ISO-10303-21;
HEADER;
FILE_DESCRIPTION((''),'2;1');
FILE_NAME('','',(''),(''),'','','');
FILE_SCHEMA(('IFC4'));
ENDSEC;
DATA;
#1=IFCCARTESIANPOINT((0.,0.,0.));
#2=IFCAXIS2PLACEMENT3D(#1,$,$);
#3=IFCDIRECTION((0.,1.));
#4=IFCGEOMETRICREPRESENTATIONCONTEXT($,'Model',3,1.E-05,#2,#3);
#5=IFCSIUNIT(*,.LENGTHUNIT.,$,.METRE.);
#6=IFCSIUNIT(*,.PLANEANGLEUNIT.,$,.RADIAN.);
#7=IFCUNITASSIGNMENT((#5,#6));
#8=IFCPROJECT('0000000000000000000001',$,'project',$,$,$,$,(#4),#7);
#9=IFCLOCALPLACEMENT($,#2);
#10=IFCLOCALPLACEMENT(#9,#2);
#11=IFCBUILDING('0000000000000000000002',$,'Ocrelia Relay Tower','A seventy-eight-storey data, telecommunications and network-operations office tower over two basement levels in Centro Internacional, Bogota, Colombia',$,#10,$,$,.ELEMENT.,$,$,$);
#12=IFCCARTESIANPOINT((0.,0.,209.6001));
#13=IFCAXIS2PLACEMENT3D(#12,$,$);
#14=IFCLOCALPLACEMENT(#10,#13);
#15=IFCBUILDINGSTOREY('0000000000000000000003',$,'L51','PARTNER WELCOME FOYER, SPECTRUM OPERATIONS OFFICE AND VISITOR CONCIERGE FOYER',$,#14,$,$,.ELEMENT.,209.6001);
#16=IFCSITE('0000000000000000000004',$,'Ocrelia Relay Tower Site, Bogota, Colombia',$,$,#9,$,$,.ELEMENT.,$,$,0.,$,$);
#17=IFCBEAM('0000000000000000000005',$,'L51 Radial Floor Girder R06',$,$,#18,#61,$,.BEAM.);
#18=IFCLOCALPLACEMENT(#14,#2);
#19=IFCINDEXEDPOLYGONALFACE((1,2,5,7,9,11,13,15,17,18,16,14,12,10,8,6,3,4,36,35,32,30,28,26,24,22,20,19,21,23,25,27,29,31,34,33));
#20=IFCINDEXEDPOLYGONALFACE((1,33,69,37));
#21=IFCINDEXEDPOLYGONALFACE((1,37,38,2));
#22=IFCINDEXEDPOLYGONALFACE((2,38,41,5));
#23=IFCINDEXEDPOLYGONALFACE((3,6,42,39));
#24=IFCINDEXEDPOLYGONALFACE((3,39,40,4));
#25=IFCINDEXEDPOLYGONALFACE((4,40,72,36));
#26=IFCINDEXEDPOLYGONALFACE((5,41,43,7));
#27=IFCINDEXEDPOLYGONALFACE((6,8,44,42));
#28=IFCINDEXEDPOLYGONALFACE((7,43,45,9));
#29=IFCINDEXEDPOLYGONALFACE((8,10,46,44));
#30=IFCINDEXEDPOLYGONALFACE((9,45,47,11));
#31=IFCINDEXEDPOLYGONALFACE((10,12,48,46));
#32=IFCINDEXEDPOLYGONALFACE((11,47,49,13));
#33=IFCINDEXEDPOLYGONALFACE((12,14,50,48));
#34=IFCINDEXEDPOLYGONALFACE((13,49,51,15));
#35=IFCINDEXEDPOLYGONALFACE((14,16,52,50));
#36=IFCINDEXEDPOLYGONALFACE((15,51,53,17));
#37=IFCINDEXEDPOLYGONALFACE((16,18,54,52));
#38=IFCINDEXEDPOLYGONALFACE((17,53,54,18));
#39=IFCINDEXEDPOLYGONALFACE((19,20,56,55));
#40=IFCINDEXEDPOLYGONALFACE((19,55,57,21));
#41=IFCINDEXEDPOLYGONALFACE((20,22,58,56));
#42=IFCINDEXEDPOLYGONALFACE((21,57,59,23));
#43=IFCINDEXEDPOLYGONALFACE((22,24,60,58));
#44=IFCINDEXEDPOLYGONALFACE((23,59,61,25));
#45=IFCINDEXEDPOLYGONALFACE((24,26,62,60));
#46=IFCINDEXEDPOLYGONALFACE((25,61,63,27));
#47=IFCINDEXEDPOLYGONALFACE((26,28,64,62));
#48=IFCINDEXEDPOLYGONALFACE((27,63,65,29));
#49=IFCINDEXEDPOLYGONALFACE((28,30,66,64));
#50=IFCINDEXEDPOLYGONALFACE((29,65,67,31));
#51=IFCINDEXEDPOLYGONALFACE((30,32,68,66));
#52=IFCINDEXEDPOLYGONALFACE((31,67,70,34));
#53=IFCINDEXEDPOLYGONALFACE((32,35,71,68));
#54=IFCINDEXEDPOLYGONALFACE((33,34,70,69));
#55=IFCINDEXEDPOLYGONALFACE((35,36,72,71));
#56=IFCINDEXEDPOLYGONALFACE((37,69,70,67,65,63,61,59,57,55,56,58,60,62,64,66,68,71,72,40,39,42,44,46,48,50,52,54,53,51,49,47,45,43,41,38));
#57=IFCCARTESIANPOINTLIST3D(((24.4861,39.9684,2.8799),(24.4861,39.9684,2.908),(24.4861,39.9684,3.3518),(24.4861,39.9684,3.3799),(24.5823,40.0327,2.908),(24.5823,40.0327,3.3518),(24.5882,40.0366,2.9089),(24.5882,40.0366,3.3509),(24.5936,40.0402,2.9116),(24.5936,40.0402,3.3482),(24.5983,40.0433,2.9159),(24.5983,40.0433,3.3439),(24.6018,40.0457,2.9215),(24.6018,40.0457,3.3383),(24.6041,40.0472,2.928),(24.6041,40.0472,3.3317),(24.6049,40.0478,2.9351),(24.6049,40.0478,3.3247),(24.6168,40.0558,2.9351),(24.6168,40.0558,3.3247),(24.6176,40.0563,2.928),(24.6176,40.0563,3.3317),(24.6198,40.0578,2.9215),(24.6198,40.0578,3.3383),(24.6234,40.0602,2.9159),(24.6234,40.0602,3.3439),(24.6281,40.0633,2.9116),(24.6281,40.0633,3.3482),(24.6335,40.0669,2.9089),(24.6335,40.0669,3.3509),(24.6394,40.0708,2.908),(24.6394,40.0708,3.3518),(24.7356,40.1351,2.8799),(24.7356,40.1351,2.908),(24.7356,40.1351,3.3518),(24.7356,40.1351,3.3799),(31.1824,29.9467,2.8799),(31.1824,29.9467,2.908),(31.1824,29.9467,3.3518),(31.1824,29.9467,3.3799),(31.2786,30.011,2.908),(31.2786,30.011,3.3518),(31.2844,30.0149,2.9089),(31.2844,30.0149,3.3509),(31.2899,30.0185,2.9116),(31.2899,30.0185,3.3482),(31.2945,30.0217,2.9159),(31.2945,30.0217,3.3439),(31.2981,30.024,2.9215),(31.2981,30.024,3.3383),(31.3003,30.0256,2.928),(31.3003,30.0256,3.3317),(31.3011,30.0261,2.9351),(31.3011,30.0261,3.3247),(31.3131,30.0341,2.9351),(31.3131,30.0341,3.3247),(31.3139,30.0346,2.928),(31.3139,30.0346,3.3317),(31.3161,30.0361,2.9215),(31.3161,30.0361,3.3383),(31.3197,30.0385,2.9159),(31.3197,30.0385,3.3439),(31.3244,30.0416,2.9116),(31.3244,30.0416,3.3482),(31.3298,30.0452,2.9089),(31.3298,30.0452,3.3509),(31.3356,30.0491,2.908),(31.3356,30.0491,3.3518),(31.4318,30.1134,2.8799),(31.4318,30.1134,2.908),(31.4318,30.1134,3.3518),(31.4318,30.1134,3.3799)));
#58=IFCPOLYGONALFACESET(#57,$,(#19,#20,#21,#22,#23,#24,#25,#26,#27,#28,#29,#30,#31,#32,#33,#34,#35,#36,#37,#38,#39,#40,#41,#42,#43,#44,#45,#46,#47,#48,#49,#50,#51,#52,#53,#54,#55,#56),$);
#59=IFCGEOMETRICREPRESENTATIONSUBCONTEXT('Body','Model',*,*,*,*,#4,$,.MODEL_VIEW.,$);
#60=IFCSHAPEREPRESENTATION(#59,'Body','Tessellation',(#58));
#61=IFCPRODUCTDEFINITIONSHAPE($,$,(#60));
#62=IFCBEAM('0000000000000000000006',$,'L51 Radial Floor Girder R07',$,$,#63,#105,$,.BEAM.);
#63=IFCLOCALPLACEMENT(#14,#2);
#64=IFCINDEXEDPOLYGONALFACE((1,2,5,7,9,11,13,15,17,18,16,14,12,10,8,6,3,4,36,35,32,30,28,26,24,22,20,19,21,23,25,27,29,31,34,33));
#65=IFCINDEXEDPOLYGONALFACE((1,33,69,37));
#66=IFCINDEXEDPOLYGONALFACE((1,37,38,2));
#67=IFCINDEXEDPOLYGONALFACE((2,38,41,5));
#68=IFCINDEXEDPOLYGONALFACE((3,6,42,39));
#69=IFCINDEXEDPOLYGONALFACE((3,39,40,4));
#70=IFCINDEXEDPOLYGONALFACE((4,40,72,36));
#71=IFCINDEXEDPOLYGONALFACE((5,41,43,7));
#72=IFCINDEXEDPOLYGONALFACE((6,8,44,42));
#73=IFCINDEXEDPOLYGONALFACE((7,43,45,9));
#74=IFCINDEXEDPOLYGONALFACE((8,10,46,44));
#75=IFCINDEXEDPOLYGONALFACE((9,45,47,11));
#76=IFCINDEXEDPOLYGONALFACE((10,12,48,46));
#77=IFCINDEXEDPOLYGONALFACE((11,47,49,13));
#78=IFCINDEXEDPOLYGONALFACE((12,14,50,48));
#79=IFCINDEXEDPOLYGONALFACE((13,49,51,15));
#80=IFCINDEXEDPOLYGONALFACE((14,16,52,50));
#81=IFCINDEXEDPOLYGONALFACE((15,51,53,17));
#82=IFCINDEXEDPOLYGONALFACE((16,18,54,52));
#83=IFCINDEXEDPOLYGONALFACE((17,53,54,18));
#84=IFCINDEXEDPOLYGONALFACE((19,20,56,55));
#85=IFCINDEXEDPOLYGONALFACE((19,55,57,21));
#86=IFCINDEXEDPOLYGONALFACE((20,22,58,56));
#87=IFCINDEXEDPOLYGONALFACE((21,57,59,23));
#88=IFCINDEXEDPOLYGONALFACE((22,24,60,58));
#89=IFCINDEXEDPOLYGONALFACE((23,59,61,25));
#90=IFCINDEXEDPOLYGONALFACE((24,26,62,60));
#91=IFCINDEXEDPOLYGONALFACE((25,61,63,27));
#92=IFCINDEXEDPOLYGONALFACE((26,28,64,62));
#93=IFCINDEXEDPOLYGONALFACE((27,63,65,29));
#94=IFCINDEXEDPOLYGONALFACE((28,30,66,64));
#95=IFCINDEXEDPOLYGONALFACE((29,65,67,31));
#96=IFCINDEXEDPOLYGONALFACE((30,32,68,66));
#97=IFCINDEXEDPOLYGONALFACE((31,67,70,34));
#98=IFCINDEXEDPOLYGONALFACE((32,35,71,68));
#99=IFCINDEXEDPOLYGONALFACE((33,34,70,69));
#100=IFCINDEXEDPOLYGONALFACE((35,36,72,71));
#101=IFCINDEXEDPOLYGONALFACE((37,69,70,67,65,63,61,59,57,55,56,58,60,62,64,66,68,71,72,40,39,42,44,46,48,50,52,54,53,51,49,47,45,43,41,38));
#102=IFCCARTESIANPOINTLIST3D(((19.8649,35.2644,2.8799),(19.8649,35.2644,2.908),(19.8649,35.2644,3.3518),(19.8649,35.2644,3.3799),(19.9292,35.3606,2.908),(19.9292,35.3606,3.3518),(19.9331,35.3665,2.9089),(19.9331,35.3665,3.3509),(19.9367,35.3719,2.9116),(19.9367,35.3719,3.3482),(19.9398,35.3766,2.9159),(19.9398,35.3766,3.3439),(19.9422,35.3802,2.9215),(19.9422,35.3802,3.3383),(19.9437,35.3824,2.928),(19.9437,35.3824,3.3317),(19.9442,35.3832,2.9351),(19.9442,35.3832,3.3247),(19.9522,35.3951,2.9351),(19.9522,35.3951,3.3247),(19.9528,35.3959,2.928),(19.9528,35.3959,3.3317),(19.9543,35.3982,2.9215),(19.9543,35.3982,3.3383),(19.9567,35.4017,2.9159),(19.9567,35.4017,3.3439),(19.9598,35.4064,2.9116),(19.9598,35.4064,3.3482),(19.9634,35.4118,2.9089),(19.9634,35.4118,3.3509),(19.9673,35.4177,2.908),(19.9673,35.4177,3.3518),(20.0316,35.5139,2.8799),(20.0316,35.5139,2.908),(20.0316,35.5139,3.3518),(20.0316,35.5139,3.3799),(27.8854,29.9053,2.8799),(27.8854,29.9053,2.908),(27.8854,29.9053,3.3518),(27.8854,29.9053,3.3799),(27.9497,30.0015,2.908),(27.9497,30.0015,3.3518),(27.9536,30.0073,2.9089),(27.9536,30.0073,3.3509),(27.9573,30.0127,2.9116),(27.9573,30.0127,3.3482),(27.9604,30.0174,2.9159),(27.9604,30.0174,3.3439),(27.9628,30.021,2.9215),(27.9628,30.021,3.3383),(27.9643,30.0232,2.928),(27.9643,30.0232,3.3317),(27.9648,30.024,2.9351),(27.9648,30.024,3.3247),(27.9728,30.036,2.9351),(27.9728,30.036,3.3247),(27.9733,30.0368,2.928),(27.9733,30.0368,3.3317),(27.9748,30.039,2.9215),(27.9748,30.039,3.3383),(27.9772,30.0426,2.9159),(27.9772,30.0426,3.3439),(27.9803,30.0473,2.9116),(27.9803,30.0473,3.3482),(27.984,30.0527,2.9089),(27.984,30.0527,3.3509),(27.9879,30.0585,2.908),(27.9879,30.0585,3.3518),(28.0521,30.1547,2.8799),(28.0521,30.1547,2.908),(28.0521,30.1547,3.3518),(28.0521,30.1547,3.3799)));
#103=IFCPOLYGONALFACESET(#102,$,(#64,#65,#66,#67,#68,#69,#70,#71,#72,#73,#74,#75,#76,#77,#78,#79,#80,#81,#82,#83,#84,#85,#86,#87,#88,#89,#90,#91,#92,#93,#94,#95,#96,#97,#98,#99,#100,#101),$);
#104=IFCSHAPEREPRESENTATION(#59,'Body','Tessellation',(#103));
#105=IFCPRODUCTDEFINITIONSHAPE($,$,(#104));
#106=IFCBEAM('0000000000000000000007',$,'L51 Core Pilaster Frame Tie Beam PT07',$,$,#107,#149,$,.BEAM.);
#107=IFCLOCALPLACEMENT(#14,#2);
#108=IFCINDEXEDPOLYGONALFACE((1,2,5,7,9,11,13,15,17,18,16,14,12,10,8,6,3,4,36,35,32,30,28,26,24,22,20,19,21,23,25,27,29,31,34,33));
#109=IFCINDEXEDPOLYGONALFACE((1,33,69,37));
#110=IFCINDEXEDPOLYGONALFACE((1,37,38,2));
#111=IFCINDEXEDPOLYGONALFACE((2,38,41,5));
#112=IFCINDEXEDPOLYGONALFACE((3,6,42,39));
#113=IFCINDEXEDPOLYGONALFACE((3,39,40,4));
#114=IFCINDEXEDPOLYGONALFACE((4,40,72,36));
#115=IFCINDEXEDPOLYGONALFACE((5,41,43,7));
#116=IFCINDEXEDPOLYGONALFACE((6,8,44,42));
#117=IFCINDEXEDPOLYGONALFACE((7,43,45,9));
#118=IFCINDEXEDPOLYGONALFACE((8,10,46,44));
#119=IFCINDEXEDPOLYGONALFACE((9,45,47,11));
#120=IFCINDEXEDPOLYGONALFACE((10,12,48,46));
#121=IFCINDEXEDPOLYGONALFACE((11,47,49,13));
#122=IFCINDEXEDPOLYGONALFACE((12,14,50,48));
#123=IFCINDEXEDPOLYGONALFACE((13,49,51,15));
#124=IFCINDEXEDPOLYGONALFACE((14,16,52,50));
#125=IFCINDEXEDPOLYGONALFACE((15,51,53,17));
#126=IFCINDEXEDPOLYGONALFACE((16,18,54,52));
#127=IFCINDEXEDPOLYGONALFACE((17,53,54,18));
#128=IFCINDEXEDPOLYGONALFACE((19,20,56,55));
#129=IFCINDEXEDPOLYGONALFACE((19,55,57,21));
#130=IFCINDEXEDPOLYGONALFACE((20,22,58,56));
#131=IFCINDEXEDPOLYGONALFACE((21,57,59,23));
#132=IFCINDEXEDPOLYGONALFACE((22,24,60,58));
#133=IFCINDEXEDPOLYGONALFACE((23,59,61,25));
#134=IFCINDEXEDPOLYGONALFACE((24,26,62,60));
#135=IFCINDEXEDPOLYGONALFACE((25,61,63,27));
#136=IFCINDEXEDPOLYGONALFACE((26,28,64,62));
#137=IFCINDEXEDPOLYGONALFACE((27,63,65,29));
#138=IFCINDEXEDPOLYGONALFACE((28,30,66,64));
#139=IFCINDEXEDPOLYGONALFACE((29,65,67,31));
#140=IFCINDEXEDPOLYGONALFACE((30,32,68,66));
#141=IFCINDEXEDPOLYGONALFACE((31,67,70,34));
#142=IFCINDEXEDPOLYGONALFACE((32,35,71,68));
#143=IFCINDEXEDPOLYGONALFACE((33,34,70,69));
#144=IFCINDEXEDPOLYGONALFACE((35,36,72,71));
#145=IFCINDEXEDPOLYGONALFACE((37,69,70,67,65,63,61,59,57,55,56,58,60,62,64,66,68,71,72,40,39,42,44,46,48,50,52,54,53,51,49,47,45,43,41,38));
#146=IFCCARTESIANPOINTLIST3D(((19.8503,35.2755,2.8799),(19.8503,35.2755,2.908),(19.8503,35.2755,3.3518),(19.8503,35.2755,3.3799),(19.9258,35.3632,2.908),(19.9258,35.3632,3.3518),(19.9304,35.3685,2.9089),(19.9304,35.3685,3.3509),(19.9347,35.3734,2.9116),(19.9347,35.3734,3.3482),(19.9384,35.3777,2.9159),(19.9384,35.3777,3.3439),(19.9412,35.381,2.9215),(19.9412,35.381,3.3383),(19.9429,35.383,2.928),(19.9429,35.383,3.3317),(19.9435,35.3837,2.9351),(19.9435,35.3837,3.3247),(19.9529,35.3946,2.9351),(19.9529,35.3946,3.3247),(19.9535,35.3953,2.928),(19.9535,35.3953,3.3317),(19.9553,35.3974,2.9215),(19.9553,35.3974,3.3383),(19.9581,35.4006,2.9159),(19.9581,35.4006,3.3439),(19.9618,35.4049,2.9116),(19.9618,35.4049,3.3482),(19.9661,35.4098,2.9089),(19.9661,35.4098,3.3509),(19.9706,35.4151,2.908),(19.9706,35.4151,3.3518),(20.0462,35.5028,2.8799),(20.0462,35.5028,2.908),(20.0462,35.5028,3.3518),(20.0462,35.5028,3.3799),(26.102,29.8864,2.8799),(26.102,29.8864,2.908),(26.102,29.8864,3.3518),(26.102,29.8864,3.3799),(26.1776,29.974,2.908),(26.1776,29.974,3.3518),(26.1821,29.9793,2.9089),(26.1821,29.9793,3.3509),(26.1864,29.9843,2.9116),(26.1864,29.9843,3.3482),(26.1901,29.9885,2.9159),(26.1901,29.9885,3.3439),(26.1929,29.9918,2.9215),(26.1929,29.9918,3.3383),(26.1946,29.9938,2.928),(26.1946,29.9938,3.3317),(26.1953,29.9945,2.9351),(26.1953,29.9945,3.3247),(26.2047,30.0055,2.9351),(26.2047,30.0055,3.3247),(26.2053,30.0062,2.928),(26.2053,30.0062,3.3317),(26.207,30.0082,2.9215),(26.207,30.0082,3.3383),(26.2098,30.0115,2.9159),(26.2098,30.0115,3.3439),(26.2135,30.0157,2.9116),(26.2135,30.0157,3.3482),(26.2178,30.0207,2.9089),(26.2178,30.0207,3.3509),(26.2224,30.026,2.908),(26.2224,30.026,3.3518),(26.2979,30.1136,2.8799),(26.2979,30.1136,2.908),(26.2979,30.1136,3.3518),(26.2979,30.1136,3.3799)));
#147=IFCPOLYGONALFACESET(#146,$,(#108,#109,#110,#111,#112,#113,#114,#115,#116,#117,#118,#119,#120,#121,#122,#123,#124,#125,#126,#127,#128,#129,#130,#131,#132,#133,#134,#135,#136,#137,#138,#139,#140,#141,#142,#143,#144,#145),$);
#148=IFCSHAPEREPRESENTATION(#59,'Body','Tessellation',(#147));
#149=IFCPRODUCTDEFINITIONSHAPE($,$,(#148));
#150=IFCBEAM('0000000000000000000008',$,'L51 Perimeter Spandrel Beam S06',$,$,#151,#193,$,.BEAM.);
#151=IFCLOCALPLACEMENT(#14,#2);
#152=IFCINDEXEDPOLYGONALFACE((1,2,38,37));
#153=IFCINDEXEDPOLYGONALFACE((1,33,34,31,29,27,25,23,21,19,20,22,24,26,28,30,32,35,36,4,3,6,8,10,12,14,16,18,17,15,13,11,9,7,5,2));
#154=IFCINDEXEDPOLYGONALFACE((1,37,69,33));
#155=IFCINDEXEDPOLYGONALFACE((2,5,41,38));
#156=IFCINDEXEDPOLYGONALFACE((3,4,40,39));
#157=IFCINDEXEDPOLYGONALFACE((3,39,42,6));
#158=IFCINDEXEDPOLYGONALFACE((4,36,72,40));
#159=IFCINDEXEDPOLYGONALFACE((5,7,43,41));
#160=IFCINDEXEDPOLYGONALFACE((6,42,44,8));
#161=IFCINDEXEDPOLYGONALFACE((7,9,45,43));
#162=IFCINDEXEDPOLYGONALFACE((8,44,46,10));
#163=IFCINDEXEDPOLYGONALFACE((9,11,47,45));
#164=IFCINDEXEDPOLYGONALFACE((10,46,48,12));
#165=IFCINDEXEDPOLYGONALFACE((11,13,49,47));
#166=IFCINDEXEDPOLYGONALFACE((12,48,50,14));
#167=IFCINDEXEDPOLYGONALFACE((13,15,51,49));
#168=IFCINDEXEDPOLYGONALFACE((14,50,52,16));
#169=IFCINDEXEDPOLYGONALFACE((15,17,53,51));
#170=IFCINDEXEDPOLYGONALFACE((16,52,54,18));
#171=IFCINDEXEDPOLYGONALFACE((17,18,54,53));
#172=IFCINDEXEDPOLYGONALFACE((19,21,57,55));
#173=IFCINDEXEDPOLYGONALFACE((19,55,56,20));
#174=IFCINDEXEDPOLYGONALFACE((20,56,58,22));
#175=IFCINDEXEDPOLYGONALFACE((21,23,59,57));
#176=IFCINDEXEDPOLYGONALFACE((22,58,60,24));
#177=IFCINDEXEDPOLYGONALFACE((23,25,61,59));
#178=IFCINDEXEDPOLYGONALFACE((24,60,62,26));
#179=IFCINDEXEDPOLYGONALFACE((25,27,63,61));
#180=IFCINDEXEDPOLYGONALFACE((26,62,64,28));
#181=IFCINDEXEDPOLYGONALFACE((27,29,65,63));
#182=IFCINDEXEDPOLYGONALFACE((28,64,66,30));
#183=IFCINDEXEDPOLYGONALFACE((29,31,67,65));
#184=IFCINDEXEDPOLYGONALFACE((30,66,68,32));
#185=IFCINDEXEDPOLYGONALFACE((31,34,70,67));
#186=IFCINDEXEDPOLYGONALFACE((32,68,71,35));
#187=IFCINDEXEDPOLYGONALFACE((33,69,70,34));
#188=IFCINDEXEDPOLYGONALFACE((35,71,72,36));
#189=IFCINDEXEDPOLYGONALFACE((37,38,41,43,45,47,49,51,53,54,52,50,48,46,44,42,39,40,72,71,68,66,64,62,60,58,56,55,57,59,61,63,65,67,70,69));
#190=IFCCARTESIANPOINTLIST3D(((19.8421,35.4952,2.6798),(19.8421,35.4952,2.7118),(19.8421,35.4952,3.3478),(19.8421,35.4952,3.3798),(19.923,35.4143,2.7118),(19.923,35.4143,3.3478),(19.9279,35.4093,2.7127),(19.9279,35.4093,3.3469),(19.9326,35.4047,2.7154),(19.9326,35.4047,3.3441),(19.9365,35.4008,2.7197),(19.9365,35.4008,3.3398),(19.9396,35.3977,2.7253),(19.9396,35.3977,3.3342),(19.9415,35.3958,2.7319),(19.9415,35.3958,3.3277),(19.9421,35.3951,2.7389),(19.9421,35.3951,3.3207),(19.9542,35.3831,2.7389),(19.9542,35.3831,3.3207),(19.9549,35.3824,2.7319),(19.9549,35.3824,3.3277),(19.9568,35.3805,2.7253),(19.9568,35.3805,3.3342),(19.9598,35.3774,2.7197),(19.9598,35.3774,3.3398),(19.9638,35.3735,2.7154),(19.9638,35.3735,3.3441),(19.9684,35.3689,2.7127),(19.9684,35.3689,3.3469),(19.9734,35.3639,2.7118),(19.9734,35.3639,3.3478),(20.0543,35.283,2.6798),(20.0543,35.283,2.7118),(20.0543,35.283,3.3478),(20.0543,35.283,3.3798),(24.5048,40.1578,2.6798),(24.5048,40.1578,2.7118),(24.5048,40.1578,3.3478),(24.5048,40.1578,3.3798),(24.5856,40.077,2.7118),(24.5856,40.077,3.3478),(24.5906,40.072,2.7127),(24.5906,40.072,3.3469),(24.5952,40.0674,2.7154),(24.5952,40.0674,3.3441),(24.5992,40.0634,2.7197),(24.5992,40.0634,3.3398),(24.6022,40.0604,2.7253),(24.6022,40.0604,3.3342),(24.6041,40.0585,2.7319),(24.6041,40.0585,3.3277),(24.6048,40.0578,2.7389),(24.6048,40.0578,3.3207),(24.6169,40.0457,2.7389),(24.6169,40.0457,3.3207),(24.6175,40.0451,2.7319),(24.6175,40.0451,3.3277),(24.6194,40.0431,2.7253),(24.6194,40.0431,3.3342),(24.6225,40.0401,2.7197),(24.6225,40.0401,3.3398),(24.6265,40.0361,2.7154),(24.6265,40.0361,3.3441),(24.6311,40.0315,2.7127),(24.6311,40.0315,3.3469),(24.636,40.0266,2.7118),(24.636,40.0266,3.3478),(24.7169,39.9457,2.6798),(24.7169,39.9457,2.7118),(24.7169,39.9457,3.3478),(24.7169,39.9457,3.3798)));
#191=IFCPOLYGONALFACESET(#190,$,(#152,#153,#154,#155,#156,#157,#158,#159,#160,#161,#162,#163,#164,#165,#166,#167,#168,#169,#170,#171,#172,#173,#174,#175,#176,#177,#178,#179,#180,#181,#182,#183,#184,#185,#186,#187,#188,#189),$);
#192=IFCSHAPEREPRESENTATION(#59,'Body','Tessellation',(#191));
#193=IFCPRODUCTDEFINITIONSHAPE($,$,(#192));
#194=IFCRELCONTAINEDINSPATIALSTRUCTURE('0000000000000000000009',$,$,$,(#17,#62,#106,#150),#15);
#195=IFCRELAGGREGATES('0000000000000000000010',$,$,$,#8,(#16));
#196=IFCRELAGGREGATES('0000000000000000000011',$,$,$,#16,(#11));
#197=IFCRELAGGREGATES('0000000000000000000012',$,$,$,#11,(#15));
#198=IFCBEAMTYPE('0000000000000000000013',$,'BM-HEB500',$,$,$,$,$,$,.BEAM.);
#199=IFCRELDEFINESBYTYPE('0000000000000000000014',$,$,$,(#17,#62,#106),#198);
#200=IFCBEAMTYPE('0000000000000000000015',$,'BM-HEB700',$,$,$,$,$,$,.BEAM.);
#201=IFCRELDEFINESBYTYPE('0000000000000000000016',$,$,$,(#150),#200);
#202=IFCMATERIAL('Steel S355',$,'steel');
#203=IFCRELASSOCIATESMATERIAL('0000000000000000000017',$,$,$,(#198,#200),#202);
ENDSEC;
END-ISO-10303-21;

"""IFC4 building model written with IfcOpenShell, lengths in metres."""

from ifc_helpers import new_model, si_unit, direction, frame, origin, origin_2d, place, context, subcontext, project, spatial, i_section, extrude, material, material_profile, profile_set, type_object, element, save


model = new_model("IFC4")

# Units and contexts
model_context = context("Model", 3, precision=1e-05, world=origin(), true_north=direction((0.0, 1.0)))
body_context = subcontext(model_context, "Body", "Model", "MODEL_VIEW")
ifc_project = project(units=[si_unit("LENGTHUNIT", "METRE"), si_unit("PLANEANGLEUNIT", "RADIAN")], contexts=[model_context])

# Site, building, storey
site_placement = place(None, origin())
site = spatial("IfcSite", under=ifc_project, at=site_placement, Name="Ocrelia Relay Tower Site, Bogota, Colombia", CompositionType="ELEMENT", RefElevation=0.0)
building_placement = place(site_placement, origin())
building = spatial("IfcBuilding", under=site, at=building_placement, Name="Ocrelia Relay Tower", Description="A seventy-eight-storey data, telecommunications and network-operations office tower over two basement levels in Centro Internacional, Bogota, Colombia", CompositionType="ELEMENT")
storey_placement = place(building_placement, frame((0.0, 0.0, 209.6001)))
storey = spatial("IfcBuildingStorey", under=building, at=storey_placement, Name="L51", Description="PARTNER WELCOME FOYER, SPECTRUM OPERATIONS OFFICE AND VISITOR CONCIERGE FOYER", CompositionType="ELEMENT", Elevation=209.6001)

# Beams
ifc_material_1 = material(Name="Steel S355", Category="steel")
ifc_material_profile_1 = material_profile(ifc_material_1, i_section(OverallWidth=0.3, OverallDepth=0.5, WebThickness=0.0144, FlangeThickness=0.0281, FilletRadius=0.0271, at=origin_2d()), Name="HEB 500")
ifc_profile_set_1 = profile_set([ifc_material_profile_1], Name="Steel S355")
beam_type_1 = type_object("IfcBeamType", Name="BM-HEB500", PredefinedType="BEAM", material=ifc_profile_set_1)
beam_1_placement = place(storey_placement, frame((24.6108, 40.0518, 3.1299), z_axis=(0.555569, -0.83147, 0.0), x_axis=(0.83147, 0.555569, 0.0)))
element("IfcBeam", 1, at=beam_1_placement, inside=storey, type_object=beam_type_1, Name="L51 Radial Floor Girder R06", PredefinedType="BEAM", context=body_context, shape_type="SweptSolid", body=[
    extrude(i_section(OverallWidth=0.3, OverallDepth=0.5, WebThickness=0.0144, FlangeThickness=0.0281, FilletRadius=0.0271, at=origin_2d()), origin(), (0.0, 0.0, 1.0), 12.053),
])
beam_2_placement = place(storey_placement, frame((19.9482, 35.3892, 3.1299), z_axis=(0.83147, -0.55557, 0.0), x_axis=(0.55557, 0.83147, 0.0)))
element("IfcBeam", 2, at=beam_2_placement, inside=storey, type_object=beam_type_1, Name="L51 Radial Floor Girder R07", PredefinedType="BEAM", context=body_context, shape_type="SweptSolid", body=[
    extrude(i_section(OverallWidth=0.3, OverallDepth=0.5, WebThickness=0.0144, FlangeThickness=0.0281, FilletRadius=0.0271, at=origin_2d()), origin(), (0.0, 0.0, 1.0), 9.6462),
])
beam_3_placement = place(storey_placement, frame((19.9482, 35.3892, 3.1299), z_axis=(0.757425, -0.652923, 0.0), x_axis=(0.652923, 0.757425, 0.0)))
element("IfcBeam", 3, at=beam_3_placement, inside=storey, type_object=beam_type_1, Name="L51 Core Pilaster Frame Tie Beam PT07", PredefinedType="BEAM", context=body_context, shape_type="SweptSolid", body=[
    extrude(i_section(OverallWidth=0.3, OverallDepth=0.5, WebThickness=0.0144, FlangeThickness=0.0281, FilletRadius=0.0271, at=origin_2d()), origin(), (0.0, 0.0, 1.0), 8.2539),
])
ifc_material_profile_2 = material_profile(ifc_material_1, i_section(OverallWidth=0.3, OverallDepth=0.7, WebThickness=0.0171, FlangeThickness=0.032, FilletRadius=0.0271, at=origin_2d()), Name="HEB 700")
ifc_profile_set_2 = profile_set([ifc_material_profile_2], Name="Steel S355")
beam_type_2 = type_object("IfcBeamType", Name="BM-HEB700", PredefinedType="BEAM", material=ifc_profile_set_2)
for number, where, z_axis, x_axis, name in (
    (4, (24.6108, 40.0518, 3.0298), (-0.707107, -0.707107, 0.0), (0.707107, -0.707107, 0.0), "L51 Perimeter Spandrel Beam S06"),
):
    element("IfcBeam", number, at=place(storey_placement, frame(where, z_axis=z_axis, x_axis=x_axis)), inside=storey, type_object=beam_type_2, Name=name, PredefinedType="BEAM", context=body_context, shape_type="SweptSolid", body=[
        extrude(i_section(OverallWidth=0.3, OverallDepth=0.7, WebThickness=0.0171, FlangeThickness=0.032, FilletRadius=0.0271, at=origin_2d()), origin(), (0.0, 0.0, 1.0), 6.594),
    ])

save(model, "model.ifc")
